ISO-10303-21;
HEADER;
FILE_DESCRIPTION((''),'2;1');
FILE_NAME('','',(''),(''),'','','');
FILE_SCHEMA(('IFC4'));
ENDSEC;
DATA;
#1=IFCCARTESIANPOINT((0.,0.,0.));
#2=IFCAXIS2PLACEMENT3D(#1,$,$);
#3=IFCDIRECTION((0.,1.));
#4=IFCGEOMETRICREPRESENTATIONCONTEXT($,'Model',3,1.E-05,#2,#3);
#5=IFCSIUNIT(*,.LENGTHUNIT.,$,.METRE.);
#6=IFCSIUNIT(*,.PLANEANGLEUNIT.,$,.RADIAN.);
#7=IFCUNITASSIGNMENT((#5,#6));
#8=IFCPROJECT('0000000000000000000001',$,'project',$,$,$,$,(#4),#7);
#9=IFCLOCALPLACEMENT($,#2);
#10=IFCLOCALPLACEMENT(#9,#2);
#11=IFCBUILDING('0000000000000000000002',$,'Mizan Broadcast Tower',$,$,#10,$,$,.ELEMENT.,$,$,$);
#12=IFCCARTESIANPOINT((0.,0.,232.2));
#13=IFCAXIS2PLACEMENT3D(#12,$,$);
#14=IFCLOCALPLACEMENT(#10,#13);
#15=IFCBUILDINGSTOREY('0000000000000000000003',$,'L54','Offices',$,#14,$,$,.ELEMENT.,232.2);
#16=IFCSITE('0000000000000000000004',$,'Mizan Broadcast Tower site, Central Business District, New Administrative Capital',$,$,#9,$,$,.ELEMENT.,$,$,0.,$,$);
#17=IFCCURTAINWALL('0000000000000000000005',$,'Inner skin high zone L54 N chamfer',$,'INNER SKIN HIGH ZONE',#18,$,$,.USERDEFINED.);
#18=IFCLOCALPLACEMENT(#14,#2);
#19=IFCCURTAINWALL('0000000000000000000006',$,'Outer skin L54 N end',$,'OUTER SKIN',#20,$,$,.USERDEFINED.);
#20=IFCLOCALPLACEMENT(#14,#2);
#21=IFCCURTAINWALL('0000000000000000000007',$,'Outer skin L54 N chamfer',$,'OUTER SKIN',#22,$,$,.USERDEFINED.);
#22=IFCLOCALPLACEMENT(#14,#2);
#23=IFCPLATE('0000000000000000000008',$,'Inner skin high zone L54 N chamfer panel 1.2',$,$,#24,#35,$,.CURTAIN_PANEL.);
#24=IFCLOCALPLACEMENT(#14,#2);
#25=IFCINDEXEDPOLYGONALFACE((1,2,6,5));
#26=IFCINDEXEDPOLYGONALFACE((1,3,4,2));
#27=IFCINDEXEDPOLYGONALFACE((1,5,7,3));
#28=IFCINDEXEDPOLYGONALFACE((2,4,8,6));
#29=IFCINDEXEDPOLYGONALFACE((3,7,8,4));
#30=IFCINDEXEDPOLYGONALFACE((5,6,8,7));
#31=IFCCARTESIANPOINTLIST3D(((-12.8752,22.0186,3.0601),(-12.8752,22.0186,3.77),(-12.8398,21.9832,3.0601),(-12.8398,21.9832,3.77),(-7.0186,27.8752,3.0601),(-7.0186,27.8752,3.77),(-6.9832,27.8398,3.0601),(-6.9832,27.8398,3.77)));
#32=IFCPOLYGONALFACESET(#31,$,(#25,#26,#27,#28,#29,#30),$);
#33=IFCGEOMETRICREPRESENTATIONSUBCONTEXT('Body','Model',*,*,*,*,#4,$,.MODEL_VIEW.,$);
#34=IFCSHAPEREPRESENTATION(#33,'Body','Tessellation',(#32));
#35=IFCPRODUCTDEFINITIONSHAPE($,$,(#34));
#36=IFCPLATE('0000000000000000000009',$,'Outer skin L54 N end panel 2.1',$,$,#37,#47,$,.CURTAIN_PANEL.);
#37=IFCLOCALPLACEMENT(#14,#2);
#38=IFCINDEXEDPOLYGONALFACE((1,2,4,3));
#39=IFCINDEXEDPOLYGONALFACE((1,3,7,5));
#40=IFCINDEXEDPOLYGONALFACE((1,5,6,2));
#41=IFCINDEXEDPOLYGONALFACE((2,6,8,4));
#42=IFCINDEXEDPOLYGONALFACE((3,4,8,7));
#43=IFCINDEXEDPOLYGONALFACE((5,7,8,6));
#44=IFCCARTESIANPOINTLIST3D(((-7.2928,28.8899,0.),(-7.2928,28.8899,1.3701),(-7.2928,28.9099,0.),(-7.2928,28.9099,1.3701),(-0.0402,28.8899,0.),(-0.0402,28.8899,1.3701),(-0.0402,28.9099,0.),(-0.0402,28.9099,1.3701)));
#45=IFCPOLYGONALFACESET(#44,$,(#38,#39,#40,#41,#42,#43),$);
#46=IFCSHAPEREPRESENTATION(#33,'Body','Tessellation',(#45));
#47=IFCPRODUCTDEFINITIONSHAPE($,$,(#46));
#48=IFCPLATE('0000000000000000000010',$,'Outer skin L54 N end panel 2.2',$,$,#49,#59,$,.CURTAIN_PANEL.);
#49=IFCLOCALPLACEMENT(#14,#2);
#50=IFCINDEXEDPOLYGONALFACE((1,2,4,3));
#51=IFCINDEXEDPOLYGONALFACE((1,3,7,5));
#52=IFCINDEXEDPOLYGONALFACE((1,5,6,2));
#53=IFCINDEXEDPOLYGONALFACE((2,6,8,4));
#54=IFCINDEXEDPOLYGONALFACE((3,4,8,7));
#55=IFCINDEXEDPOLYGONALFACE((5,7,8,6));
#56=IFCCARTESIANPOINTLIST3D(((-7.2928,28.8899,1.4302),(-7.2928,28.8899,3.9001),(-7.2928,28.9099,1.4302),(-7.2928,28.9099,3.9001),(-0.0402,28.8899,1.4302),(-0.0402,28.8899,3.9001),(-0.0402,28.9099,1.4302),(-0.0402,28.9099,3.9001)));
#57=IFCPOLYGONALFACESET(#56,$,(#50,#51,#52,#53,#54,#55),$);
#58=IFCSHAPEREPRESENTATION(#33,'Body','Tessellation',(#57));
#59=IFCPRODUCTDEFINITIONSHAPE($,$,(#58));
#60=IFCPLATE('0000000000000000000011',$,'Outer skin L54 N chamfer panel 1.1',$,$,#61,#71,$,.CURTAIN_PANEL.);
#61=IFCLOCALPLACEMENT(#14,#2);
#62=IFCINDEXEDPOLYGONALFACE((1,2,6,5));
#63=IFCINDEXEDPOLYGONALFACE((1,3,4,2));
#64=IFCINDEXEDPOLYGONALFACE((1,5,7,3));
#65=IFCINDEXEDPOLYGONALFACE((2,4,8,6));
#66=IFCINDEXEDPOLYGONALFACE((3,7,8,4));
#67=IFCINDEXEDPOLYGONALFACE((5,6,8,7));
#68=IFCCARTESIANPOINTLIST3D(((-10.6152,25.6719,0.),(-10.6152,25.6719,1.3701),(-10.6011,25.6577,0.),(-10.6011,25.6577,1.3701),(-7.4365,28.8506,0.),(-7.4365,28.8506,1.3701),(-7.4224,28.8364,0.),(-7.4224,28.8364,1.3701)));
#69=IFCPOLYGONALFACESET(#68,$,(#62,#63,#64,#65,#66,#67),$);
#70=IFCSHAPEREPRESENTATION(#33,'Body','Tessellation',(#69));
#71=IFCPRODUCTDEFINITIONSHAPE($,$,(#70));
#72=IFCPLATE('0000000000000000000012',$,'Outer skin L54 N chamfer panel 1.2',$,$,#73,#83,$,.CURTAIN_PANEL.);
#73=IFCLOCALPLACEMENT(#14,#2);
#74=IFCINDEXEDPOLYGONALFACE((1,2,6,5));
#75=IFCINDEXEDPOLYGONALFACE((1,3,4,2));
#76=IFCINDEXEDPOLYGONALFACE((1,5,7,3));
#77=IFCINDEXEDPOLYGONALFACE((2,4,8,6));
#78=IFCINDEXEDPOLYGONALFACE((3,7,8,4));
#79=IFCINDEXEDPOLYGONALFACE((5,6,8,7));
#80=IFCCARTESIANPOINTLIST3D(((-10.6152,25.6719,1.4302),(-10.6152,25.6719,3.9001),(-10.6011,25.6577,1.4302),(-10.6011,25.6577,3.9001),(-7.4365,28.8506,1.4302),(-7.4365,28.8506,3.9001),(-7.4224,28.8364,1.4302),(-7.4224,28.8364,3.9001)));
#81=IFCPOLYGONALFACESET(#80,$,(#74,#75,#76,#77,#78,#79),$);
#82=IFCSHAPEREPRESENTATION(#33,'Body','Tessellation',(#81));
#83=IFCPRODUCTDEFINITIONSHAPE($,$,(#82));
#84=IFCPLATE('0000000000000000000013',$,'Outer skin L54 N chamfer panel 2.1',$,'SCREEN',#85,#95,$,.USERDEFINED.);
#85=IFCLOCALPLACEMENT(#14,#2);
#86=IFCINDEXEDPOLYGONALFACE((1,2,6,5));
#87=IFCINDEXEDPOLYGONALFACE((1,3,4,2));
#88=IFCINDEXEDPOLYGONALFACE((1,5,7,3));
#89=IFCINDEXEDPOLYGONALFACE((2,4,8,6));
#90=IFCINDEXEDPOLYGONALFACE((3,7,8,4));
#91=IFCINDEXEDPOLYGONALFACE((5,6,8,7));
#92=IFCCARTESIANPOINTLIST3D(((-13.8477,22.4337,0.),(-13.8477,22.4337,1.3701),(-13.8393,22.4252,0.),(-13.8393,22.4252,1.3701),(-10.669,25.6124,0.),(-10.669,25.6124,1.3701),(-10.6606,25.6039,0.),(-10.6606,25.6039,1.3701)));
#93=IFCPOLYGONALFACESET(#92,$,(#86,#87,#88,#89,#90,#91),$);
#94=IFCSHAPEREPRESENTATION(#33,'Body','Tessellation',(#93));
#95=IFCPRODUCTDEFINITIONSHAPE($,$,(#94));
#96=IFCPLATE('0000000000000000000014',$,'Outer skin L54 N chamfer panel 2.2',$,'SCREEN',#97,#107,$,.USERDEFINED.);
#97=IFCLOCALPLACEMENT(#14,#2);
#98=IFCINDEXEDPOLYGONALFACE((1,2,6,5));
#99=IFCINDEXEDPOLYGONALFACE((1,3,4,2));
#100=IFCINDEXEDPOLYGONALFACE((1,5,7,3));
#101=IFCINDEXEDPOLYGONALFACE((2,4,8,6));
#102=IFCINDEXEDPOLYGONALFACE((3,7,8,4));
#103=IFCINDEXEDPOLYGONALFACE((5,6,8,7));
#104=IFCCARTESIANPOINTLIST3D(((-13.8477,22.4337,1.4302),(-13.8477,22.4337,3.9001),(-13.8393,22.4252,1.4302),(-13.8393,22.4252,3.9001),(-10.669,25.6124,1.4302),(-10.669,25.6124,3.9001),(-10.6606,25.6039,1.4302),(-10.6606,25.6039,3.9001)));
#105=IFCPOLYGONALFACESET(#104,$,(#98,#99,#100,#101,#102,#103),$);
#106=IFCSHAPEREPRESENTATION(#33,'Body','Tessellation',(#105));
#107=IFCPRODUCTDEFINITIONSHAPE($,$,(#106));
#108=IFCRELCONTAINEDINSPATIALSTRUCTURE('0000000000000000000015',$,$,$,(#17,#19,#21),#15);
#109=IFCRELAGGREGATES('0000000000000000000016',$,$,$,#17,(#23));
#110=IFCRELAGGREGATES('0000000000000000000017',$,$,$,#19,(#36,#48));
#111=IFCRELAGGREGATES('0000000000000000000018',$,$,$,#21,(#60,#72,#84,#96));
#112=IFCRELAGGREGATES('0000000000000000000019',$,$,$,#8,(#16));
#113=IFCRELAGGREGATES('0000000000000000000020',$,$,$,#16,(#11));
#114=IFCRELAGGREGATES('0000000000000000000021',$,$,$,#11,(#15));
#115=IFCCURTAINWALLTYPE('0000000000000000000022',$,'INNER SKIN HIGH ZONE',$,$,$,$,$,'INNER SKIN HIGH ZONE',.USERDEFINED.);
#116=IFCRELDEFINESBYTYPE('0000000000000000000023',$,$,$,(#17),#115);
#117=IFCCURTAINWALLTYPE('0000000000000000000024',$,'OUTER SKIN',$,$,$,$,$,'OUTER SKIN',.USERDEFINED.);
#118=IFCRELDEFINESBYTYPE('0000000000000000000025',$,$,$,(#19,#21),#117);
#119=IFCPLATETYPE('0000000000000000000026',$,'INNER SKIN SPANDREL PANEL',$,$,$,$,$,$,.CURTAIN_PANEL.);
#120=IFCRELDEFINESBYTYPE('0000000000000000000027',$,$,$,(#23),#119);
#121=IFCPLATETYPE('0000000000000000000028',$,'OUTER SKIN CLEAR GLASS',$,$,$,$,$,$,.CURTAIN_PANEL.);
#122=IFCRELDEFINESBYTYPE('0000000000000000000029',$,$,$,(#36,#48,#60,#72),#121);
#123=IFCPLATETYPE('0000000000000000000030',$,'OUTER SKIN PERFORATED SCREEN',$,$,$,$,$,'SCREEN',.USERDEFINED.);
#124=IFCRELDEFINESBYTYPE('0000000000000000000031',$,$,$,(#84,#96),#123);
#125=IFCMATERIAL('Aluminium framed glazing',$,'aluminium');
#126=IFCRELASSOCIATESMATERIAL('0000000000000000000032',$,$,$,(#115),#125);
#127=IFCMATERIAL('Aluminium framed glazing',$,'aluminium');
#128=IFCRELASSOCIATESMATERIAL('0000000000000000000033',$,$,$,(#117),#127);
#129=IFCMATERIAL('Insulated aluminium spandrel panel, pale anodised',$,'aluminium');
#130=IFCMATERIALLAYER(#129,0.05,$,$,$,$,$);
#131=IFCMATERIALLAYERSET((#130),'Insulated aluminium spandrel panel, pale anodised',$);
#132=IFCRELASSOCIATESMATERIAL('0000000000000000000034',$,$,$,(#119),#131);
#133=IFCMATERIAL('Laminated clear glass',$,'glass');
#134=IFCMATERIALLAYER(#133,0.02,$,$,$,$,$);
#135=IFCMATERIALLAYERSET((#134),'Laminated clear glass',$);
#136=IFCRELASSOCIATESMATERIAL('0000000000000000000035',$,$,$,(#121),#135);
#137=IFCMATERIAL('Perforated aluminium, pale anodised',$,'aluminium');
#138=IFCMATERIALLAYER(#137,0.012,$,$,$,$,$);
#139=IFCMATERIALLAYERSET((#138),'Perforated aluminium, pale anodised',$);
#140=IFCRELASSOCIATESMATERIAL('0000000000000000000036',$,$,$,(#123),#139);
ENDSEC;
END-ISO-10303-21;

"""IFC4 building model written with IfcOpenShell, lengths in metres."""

from ifc_helpers import new_model, si_unit, direction, frame, origin, origin_2d, place, context, subcontext, project, spatial, rectangle, extrude, material, layer, layer_set, type_object, element, aggregate, save


model = new_model("IFC4")

# Units and contexts
model_context = context("Model", 3, precision=1e-05, world=origin(), true_north=direction((0.0, 1.0)))
body_context = subcontext(model_context, "Body", "Model", "MODEL_VIEW")
ifc_project = project(units=[si_unit("LENGTHUNIT", "METRE"), si_unit("PLANEANGLEUNIT", "RADIAN")], contexts=[model_context])

# Site, building, storey
site_placement = place(None, origin())
site = spatial("IfcSite", under=ifc_project, at=site_placement, Name="Mizan Broadcast Tower site, Central Business District, New Administrative Capital", CompositionType="ELEMENT", RefElevation=0.0)
building_placement = place(site_placement, origin())
building = spatial("IfcBuilding", under=site, at=building_placement, Name="Mizan Broadcast Tower", CompositionType="ELEMENT")
storey_placement = place(building_placement, frame((0.0, 0.0, 232.2)))
storey = spatial("IfcBuildingStorey", under=building, at=storey_placement, Name="L54", Description="Offices", CompositionType="ELEMENT", Elevation=232.2)

# Shared definitions
ifc_material_1 = material(Name="Aluminium framed glazing", Category="aluminium")
curtain_wall_type_1 = type_object("IfcCurtainWallType", Name="INNER SKIN HIGH ZONE", ElementType="INNER SKIN HIGH ZONE", PredefinedType="USERDEFINED", material=ifc_material_1)

# Curtain wall
curtain_wall_1_placement = place(storey_placement, origin())
curtain_wall_1 = element("IfcCurtainWall", 1, at=curtain_wall_1_placement, inside=storey, type_object=curtain_wall_type_1, Name="Inner skin high zone L54 N chamfer", ObjectType="INNER SKIN HIGH ZONE", PredefinedType="USERDEFINED")

# Curtain walls
ifc_material_2 = material(Name="Aluminium framed glazing", Category="aluminium")
curtain_wall_type_2 = type_object("IfcCurtainWallType", Name="OUTER SKIN", ElementType="OUTER SKIN", PredefinedType="USERDEFINED", material=ifc_material_2)
curtain_wall_2_placement = place(storey_placement, origin())
curtain_wall_2 = element("IfcCurtainWall", 2, at=curtain_wall_2_placement, inside=storey, type_object=curtain_wall_type_2, Name="Outer skin L54 N end", ObjectType="OUTER SKIN", PredefinedType="USERDEFINED")
curtain_wall_3_placement = place(storey_placement, origin())
curtain_wall_3 = element("IfcCurtainWall", 3, at=curtain_wall_3_placement, inside=storey, type_object=curtain_wall_type_2, Name="Outer skin L54 N chamfer", ObjectType="OUTER SKIN", PredefinedType="USERDEFINED")

# Plates
ifc_material_3 = material(Name="Insulated aluminium spandrel panel, pale anodised", Category="aluminium")
ifc_layer_1 = layer(ifc_material_3, 0.05)
ifc_layer_set_1 = layer_set([ifc_layer_1], Name="Insulated aluminium spandrel panel, pale anodised")
plate_type_1 = type_object("IfcPlateType", Name="INNER SKIN SPANDREL PANEL", PredefinedType="CURTAIN_PANEL", material=ifc_layer_set_1)
plate_1_placement = place(storey_placement, frame((-9.9292, 24.9292, 3.0601), z_axis=(0.0, 0.0, 1.0), x_axis=(-0.707107, -0.707107, 0.0)))
plate_1 = element("IfcPlate", 4, at=plate_1_placement, type_object=plate_type_1, Name="Inner skin high zone L54 N chamfer panel 1.2", PredefinedType="CURTAIN_PANEL", context=body_context, shape_type="SweptSolid", body=[
    extrude(rectangle(XDim=8.2825, YDim=0.05, at=origin_2d()), origin(), (0.0, 0.0, 1.0), 0.71),
])
aggregate(curtain_wall_1, [plate_1])
ifc_material_4 = material(Name="Laminated clear glass", Category="glass")
ifc_layer_2 = layer(ifc_material_4, 0.02)
ifc_layer_set_2 = layer_set([ifc_layer_2], Name="Laminated clear glass")
plate_type_2 = type_object("IfcPlateType", Name="OUTER SKIN CLEAR GLASS", PredefinedType="CURTAIN_PANEL", material=ifc_layer_set_2)
plate_2_placement = place(storey_placement, frame((-3.6665, 28.8999, 0.0), z_axis=(0.0, 0.0, 1.0), x_axis=(-1.0, 0.0, 0.0)))
plate_2 = element("IfcPlate", 5, at=plate_2_placement, type_object=plate_type_2, Name="Outer skin L54 N end panel 2.1", PredefinedType="CURTAIN_PANEL", context=body_context, shape_type="SweptSolid", body=[
    extrude(rectangle(XDim=7.2527, YDim=0.02, at=origin_2d()), origin(), (0.0, 0.0, 1.0), 1.3701),
])
plate_3_placement = place(storey_placement, frame((-3.6665, 28.8999, 1.4302), z_axis=(0.0, 0.0, 1.0), x_axis=(-1.0, 0.0, 0.0)))
plate_3 = element("IfcPlate", 6, at=plate_3_placement, type_object=plate_type_2, Name="Outer skin L54 N end panel 2.2", PredefinedType="CURTAIN_PANEL", context=body_context, shape_type="SweptSolid", body=[
    extrude(rectangle(XDim=7.2527, YDim=0.02, at=origin_2d()), origin(), (0.0, 0.0, 1.0), 2.47),
])
aggregate(curtain_wall_2, [plate_2, plate_3])
plate_4_placement = place(storey_placement, frame((-9.0188, 27.2542, 0.0), z_axis=(0.0, 0.0, 1.0), x_axis=(-0.707107, -0.707107, 0.0)))
plate_4 = element("IfcPlate", 7, at=plate_4_placement, type_object=plate_type_2, Name="Outer skin L54 N chamfer panel 1.1", PredefinedType="CURTAIN_PANEL", context=body_context, shape_type="SweptSolid", body=[
    extrude(rectangle(XDim=4.4954, YDim=0.02, at=origin_2d()), origin(), (0.0, 0.0, 1.0), 1.3701),
])
plate_5_placement = place(storey_placement, frame((-9.0188, 27.2542, 1.4302), z_axis=(0.0, 0.0, 1.0), x_axis=(-0.707107, -0.707107, 0.0)))
plate_5 = element("IfcPlate", 8, at=plate_5_placement, type_object=plate_type_2, Name="Outer skin L54 N chamfer panel 1.2", PredefinedType="CURTAIN_PANEL", context=body_context, shape_type="SweptSolid", body=[
    extrude(rectangle(XDim=4.4954, YDim=0.02, at=origin_2d()), origin(), (0.0, 0.0, 1.0), 2.47),
])
ifc_material_5 = material(Name="Perforated aluminium, pale anodised", Category="aluminium")
ifc_layer_3 = layer(ifc_material_5, 0.012)
ifc_layer_set_3 = layer_set([ifc_layer_3], Name="Perforated aluminium, pale anodised")
plate_type_3 = type_object("IfcPlateType", Name="OUTER SKIN PERFORATED SCREEN", ElementType="SCREEN", PredefinedType="USERDEFINED", material=ifc_layer_set_3)
plate_6_placement = place(storey_placement, frame((-12.2542, 24.0188, 0.0), z_axis=(0.0, 0.0, 1.0), x_axis=(-0.707107, -0.707107, 0.0)))
plate_6 = element("IfcPlate", 9, at=plate_6_placement, type_object=plate_type_3, Name="Outer skin L54 N chamfer panel 2.1", ObjectType="SCREEN", PredefinedType="USERDEFINED", context=body_context, shape_type="SweptSolid", body=[
    extrude(rectangle(XDim=4.4954, YDim=0.012, at=origin_2d()), origin(), (0.0, 0.0, 1.0), 1.3701),
])
plate_7_placement = place(storey_placement, frame((-12.2542, 24.0188, 1.4302), z_axis=(0.0, 0.0, 1.0), x_axis=(-0.707107, -0.707107, 0.0)))
plate_7 = element("IfcPlate", 10, at=plate_7_placement, type_object=plate_type_3, Name="Outer skin L54 N chamfer panel 2.2", ObjectType="SCREEN", PredefinedType="USERDEFINED", context=body_context, shape_type="SweptSolid", body=[
    extrude(rectangle(XDim=4.4954, YDim=0.012, at=origin_2d()), origin(), (0.0, 0.0, 1.0), 2.47),
])
aggregate(curtain_wall_3, [plate_4, plate_5, plate_6, plate_7])

save(model, "model.ifc")
